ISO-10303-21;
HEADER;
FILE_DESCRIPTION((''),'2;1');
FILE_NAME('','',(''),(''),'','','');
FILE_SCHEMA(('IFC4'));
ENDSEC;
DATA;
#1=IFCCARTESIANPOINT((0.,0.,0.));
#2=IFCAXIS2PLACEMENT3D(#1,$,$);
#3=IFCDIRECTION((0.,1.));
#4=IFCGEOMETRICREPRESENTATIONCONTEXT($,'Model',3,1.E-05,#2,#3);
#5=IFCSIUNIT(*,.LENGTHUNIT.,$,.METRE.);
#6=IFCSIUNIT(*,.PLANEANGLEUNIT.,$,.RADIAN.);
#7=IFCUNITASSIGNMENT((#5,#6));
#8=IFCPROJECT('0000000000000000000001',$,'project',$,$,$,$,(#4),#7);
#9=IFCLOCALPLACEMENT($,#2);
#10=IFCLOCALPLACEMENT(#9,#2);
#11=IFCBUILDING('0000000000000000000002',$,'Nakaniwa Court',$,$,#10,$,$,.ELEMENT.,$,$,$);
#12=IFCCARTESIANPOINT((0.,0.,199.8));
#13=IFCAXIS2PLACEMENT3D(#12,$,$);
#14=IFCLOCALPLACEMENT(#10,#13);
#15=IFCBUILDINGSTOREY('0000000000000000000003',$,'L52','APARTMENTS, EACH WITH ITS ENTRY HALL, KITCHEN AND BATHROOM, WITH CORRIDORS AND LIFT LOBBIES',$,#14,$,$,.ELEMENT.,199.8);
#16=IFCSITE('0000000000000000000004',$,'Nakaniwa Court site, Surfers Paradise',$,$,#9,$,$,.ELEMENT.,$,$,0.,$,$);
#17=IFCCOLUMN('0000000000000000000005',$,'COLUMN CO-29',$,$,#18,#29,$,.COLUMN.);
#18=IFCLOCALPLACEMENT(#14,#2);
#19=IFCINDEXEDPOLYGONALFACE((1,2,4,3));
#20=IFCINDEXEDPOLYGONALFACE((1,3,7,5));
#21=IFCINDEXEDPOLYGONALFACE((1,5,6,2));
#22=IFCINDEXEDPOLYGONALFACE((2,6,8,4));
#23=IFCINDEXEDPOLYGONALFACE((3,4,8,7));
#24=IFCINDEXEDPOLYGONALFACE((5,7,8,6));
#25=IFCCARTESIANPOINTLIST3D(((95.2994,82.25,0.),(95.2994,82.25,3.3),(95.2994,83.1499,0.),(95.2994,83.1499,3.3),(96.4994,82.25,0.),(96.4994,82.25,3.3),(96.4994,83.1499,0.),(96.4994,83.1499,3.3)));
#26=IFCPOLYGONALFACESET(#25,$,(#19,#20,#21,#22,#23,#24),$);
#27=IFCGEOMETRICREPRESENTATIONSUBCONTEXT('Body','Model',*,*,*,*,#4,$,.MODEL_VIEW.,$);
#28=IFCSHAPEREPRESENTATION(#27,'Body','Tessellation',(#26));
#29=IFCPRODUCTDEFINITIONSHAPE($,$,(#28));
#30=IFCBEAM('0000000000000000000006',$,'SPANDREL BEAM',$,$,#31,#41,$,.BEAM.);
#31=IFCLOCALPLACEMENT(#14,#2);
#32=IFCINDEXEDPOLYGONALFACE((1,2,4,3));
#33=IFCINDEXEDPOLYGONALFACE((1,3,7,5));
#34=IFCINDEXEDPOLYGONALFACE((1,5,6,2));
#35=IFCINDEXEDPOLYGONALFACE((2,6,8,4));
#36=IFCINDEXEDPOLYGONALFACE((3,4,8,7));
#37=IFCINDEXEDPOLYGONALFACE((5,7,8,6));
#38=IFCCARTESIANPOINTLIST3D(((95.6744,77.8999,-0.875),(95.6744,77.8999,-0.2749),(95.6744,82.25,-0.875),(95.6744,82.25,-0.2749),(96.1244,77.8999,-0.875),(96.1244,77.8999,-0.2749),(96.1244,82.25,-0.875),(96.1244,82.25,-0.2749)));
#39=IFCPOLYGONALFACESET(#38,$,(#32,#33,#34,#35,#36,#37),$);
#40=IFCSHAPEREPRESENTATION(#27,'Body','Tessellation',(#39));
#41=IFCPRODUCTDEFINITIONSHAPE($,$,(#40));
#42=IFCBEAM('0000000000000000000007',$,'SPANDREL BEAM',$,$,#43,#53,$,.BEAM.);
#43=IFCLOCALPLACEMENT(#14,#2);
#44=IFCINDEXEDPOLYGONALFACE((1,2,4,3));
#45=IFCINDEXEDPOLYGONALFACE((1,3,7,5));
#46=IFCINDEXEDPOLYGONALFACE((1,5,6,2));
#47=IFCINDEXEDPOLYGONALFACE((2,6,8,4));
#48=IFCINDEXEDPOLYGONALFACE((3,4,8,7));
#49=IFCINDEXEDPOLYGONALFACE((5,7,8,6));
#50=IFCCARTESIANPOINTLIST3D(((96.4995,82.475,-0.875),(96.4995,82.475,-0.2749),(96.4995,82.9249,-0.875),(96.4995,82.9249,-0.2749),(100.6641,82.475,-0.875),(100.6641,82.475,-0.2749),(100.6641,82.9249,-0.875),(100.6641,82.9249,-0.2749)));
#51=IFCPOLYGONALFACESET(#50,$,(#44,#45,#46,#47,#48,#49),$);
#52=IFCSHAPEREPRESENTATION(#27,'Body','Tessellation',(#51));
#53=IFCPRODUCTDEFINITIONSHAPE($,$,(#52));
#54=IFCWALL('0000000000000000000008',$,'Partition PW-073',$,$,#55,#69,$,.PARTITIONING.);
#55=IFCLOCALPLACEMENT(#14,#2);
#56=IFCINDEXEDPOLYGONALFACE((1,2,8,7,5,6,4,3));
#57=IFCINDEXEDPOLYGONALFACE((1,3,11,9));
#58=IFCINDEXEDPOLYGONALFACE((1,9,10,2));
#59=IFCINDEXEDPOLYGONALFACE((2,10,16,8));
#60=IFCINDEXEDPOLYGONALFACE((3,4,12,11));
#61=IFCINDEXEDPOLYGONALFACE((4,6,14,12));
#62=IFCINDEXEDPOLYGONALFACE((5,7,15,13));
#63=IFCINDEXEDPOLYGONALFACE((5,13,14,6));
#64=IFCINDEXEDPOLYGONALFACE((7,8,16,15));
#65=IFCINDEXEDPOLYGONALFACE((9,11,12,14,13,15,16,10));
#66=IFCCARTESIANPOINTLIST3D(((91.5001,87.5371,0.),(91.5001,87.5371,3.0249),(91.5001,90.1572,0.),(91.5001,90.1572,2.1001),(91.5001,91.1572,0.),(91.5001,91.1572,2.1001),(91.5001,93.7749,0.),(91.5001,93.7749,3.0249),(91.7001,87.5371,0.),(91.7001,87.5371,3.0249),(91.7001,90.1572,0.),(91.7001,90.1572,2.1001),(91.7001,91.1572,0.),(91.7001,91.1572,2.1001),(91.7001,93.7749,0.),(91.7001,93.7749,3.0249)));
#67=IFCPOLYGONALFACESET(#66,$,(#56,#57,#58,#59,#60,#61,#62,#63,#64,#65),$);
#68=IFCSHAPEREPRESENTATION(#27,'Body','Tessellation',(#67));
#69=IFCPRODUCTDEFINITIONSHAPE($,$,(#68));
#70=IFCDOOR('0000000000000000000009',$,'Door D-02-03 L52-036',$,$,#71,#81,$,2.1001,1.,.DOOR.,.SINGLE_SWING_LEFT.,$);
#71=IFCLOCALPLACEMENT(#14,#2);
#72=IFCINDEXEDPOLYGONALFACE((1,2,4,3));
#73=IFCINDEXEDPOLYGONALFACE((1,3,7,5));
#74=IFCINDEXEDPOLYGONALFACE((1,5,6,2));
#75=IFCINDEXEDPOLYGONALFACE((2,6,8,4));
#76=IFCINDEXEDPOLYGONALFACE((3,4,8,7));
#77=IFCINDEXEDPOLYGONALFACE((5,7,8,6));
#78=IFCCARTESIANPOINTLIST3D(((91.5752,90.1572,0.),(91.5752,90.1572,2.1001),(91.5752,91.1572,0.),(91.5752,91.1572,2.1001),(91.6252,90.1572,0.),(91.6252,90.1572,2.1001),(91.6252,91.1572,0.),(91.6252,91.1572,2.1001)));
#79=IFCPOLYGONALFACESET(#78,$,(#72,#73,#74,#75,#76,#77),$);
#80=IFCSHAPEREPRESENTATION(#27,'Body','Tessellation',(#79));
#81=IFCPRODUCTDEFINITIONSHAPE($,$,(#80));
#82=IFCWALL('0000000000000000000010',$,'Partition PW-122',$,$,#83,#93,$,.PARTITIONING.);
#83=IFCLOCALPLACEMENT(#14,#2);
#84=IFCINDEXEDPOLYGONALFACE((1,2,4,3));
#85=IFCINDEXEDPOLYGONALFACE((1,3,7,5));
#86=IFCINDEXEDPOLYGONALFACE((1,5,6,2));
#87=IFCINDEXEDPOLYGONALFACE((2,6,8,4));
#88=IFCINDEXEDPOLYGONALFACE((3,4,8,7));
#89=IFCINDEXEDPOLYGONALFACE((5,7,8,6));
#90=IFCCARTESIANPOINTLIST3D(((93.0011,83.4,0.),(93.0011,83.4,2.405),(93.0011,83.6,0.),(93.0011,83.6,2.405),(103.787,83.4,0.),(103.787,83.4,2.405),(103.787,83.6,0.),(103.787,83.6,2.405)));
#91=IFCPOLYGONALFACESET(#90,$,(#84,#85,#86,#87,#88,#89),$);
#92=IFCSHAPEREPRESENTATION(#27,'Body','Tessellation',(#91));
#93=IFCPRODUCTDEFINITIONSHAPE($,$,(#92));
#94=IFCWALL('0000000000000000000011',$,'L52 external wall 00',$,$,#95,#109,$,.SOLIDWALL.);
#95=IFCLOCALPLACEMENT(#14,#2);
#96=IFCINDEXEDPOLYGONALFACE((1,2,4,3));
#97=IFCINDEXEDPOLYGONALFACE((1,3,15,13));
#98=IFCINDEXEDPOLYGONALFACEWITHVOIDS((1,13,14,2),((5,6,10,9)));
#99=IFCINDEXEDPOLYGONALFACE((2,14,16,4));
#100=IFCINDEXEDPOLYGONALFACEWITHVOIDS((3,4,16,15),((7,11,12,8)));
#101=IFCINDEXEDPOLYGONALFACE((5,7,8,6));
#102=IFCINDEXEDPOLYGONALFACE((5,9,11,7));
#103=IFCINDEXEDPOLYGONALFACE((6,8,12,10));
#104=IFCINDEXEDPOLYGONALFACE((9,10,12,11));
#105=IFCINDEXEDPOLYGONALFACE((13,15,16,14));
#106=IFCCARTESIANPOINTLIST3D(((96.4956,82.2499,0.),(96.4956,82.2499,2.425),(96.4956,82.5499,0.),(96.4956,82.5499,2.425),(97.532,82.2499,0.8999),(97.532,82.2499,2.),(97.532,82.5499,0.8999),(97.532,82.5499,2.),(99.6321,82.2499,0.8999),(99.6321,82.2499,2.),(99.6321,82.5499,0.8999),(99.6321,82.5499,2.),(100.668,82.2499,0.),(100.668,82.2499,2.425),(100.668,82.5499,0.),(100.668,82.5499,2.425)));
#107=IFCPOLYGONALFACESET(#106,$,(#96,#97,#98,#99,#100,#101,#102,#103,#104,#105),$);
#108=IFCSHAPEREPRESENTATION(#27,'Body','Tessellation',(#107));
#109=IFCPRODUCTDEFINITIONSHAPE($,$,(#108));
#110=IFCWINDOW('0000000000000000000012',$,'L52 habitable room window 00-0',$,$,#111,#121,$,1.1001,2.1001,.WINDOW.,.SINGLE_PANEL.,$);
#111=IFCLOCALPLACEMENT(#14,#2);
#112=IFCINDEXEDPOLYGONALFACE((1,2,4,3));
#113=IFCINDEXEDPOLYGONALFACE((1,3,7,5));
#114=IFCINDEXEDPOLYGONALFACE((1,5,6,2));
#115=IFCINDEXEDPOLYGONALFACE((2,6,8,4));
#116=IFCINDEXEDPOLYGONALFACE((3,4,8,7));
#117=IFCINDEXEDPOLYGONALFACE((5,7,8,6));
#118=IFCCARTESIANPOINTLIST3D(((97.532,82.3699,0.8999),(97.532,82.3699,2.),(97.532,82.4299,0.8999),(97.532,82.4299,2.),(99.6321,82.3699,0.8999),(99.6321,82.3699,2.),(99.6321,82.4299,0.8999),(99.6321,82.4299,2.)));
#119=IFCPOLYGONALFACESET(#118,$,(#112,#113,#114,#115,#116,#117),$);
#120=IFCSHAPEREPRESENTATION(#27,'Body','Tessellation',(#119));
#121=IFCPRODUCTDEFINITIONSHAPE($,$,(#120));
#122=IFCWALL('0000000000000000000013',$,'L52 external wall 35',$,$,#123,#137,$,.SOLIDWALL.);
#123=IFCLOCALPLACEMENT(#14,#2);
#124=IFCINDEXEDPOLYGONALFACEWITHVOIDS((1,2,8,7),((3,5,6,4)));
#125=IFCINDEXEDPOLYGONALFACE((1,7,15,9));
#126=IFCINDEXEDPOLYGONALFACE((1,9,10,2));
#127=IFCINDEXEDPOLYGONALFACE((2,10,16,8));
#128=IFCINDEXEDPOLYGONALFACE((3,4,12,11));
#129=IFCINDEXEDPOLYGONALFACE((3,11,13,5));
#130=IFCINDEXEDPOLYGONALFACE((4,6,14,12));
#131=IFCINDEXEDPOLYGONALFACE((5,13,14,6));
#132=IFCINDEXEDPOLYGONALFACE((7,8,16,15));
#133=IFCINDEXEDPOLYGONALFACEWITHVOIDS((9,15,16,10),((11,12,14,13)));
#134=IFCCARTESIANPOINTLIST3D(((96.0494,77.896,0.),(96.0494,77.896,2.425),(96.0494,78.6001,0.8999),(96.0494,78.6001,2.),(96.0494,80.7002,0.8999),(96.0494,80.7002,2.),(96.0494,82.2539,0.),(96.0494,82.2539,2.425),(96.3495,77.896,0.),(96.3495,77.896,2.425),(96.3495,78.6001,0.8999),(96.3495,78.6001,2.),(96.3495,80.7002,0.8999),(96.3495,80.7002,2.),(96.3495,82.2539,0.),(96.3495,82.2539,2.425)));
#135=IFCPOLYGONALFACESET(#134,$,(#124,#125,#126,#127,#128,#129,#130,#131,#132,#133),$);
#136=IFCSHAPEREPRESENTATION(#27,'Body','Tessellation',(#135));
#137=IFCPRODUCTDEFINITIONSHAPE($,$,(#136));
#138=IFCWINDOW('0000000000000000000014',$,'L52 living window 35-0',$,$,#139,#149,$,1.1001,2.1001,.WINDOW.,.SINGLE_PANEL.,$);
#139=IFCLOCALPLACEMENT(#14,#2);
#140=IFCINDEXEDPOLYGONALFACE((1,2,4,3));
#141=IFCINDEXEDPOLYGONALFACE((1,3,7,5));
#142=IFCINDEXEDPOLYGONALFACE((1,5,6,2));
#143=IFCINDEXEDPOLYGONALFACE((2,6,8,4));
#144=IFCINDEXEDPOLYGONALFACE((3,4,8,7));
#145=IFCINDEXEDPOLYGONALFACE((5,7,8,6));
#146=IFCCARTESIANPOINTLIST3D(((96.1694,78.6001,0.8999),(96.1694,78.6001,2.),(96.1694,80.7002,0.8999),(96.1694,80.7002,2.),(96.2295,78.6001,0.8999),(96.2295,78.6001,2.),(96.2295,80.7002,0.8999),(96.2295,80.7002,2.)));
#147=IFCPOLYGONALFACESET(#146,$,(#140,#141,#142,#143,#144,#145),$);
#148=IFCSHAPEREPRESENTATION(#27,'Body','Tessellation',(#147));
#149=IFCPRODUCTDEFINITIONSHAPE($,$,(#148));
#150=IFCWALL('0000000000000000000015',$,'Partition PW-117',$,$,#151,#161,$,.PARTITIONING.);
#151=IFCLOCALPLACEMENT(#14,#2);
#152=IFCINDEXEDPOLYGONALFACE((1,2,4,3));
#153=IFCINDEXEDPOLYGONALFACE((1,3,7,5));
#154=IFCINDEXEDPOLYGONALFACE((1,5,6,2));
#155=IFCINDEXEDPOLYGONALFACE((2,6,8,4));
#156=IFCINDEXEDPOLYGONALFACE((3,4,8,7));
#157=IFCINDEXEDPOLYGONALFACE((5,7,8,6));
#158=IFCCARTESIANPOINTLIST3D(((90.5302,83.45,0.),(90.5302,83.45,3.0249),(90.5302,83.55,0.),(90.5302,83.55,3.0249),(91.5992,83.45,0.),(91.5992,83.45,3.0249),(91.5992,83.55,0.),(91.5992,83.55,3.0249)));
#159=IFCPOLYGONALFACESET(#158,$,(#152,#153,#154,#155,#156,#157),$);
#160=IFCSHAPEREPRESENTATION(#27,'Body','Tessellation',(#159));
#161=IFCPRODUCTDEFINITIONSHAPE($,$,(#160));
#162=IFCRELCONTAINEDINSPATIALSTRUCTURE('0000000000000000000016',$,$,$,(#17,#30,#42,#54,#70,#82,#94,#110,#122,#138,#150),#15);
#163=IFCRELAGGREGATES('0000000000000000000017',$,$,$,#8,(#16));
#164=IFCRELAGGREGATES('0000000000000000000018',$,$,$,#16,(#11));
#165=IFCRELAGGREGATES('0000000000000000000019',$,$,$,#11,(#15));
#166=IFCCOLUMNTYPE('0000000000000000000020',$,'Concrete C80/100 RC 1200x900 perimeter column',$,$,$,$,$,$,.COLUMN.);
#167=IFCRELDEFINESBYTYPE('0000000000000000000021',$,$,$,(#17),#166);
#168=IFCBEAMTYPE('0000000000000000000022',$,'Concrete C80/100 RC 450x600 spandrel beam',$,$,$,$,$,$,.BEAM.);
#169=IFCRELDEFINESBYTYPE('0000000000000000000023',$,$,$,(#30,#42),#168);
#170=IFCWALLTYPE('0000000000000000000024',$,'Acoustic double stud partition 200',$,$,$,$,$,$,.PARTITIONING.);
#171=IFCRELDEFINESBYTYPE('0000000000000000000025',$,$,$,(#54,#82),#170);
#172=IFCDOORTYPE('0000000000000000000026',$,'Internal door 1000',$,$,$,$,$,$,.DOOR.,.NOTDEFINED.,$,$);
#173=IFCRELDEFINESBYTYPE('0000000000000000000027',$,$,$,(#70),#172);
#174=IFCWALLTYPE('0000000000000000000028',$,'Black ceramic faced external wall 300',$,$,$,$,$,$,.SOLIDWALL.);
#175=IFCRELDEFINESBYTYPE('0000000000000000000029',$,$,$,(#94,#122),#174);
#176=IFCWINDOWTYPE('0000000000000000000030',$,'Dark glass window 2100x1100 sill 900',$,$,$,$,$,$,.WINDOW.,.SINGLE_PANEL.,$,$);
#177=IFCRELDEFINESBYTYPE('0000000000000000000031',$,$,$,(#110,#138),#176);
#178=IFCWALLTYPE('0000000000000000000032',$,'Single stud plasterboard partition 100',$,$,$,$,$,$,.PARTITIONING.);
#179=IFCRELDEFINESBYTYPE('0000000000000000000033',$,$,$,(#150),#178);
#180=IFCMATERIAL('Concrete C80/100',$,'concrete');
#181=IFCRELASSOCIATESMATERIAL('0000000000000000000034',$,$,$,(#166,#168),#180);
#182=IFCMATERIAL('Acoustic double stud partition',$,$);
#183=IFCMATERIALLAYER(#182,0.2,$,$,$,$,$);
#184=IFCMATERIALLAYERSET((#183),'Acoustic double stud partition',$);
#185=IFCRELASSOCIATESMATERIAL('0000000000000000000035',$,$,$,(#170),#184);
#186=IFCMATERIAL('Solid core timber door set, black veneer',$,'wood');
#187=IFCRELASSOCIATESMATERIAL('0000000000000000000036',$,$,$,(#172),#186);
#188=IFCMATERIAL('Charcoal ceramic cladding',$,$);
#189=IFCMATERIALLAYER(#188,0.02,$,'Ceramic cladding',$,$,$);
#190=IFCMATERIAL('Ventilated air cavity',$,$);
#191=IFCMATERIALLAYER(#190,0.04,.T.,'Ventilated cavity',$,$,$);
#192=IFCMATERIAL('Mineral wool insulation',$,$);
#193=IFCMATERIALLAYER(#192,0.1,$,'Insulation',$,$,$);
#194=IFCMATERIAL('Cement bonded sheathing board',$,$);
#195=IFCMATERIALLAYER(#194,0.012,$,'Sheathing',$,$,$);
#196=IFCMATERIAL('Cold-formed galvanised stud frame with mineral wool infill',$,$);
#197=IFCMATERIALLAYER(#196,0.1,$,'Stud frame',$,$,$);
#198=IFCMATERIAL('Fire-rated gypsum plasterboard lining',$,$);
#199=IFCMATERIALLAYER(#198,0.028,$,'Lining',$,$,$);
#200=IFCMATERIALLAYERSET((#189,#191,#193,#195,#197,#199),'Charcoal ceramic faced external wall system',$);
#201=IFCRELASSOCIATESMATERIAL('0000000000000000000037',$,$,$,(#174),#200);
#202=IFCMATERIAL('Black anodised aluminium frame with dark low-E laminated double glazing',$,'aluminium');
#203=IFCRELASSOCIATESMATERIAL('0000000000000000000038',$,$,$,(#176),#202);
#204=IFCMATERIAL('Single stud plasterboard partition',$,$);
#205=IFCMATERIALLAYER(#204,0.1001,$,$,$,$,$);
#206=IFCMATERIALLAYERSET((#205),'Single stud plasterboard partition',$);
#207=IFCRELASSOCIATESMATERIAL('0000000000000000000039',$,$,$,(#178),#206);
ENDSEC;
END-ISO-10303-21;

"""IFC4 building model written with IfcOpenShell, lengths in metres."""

from ifc_helpers import new_model, si_unit, direction, frame, frame_2d, origin, origin_2d, place, context, subcontext, project, spatial, rectangle, extrude, material, layer, layer_set, material_profile, profile_set, type_object, element, fill, save


model = new_model("IFC4")

# Units and contexts
model_context = context("Model", 3, precision=1e-05, world=origin(), true_north=direction((0.0, 1.0)))
body_context = subcontext(model_context, "Body", "Model", "MODEL_VIEW")
ifc_project = project(units=[si_unit("LENGTHUNIT", "METRE"), si_unit("PLANEANGLEUNIT", "RADIAN")], contexts=[model_context])

# Site, building, storey
site_placement = place(None, origin())
site = spatial("IfcSite", under=ifc_project, at=site_placement, Name="Nakaniwa Court site, Surfers Paradise", CompositionType="ELEMENT", RefElevation=0.0)
building_placement = place(site_placement, origin())
building = spatial("IfcBuilding", under=site, at=building_placement, Name="Nakaniwa Court", CompositionType="ELEMENT")
storey_placement = place(building_placement, frame((0.0, 0.0, 199.8)))
storey = spatial("IfcBuildingStorey", under=building, at=storey_placement, Name="L52", Description="APARTMENTS, EACH WITH ITS ENTRY HALL, KITCHEN AND BATHROOM, WITH CORRIDORS AND LIFT LOBBIES", CompositionType="ELEMENT", Elevation=199.8)

# Column
ifc_material_1 = material(Name="Concrete C80/100", Category="concrete")
ifc_material_profile_1 = material_profile(ifc_material_1, rectangle(XDim=1.2, YDim=0.8999, at=origin_2d()), Name="Concrete C80/100 RC 1200x900 perimeter column")
ifc_profile_set_1 = profile_set([ifc_material_profile_1], Name="Concrete C80/100")
column_type = type_object("IfcColumnType", Name="Concrete C80/100 RC 1200x900 perimeter column", PredefinedType="COLUMN", material=ifc_profile_set_1)
column_placement = place(storey_placement, frame((95.8994, 82.7, 0.0), z_axis=(0.0, 0.0, 1.0), x_axis=(1.0, 0.0, 0.0)))
element("IfcColumn", 1, at=column_placement, inside=storey, type_object=column_type, Name="COLUMN CO-29", PredefinedType="COLUMN", context=body_context, shape_type="SweptSolid", body=[
    extrude(rectangle(XDim=1.2, YDim=0.8999, at=origin_2d()), origin(), (0.0, 0.0, 1.0), 3.3),
])

# Beams
ifc_material_profile_2 = material_profile(ifc_material_1, rectangle(XDim=0.45, YDim=0.6001, at=origin_2d()), Name="Concrete C80/100 RC 450x600 spandrel beam")
ifc_profile_set_2 = profile_set([ifc_material_profile_2], Name="Concrete C80/100")
beam_type = type_object("IfcBeamType", Name="Concrete C80/100 RC 450x600 spandrel beam", PredefinedType="BEAM", material=ifc_profile_set_2)
beam_1_placement = place(storey_placement, frame((95.8994, 77.8999, -0.575), z_axis=(0.0, 1.0, 0.0), x_axis=(-1.0, 0.0, 0.0)))
element("IfcBeam", 2, at=beam_1_placement, inside=storey, type_object=beam_type, Name="SPANDREL BEAM", PredefinedType="BEAM", context=body_context, shape_type="SweptSolid", body=[
    extrude(rectangle(XDim=0.45, YDim=0.6001, at=origin_2d()), origin(), (0.0, 0.0, 1.0), 4.3501),
])
beam_2_placement = place(storey_placement, frame((96.4995, 82.7, -0.575), z_axis=(1.0, 0.0, 0.0), x_axis=(0.0, 1.0, 0.0)))
element("IfcBeam", 3, at=beam_2_placement, inside=storey, type_object=beam_type, Name="SPANDREL BEAM", PredefinedType="BEAM", context=body_context, shape_type="SweptSolid", body=[
    extrude(rectangle(XDim=0.45, YDim=0.6001, at=origin_2d()), origin(), (0.0, 0.0, 1.0), 4.1646),
])

# Wall, opening, door
ifc_material_2 = material(Name="Acoustic double stud partition")
ifc_layer_1 = layer(ifc_material_2, 0.2)
ifc_layer_set_1 = layer_set([ifc_layer_1], Name="Acoustic double stud partition")
wall_type_1 = type_object("IfcWallType", Name="Acoustic double stud partition 200", PredefinedType="PARTITIONING", material=ifc_layer_set_1)
wall_1_placement = place(storey_placement, frame((91.6001, 87.5371, 0.0), z_axis=(0.0, 0.0, 1.0), x_axis=(0.0, 1.0, 0.0)))
wall_1 = element("IfcWall", 4, at=wall_1_placement, inside=storey, type_object=wall_type_1, Name="Partition PW-073", PredefinedType="PARTITIONING", context=body_context, shape_type="SweptSolid", body=[
    extrude(rectangle(XDim=6.2378, YDim=0.2, at=frame_2d((3.1189, 0.0))), origin(), (0.0, 0.0, 1.0), 3.0249),
])
opening_1_placement = place(wall_1_placement, frame((2.6201, 0.0, 0.0)))
opening_1 = element("IfcOpeningElement", 5, at=opening_1_placement, cuts=wall_1, PredefinedType="OPENING", context=body_context, shape_type="SweptSolid", body=[
    extrude(rectangle(XDim=1.0, YDim=2.1001, at=frame_2d((0.5, 1.05))), frame((0.0, 0.1099, 0.0), z_axis=(0.0, -1.0, 0.0), x_axis=(1.0, 0.0, 0.0)), (0.0, 0.0, 1.0), 0.22),
])
ifc_material_3 = material(Name="Solid core timber door set, black veneer", Category="wood")
door_type_1 = type_object("IfcDoorType", Name="Internal door 1000", OperationType="NOTDEFINED", PredefinedType="DOOR", material=ifc_material_3)
door_1_placement = place(opening_1_placement, origin())
door_1 = element("IfcDoor", 6, at=door_1_placement, inside=storey, type_object=door_type_1, Name="Door D-02-03 L52-036", OperationType="SINGLE_SWING_LEFT", OverallHeight=2.1001, OverallWidth=1.0, PredefinedType="DOOR", context=body_context, shape_type="SweptSolid", body=[
    extrude(rectangle(XDim=1.0, YDim=2.1001, at=frame_2d((0.5, 1.05))), frame((0.0, 0.0249, 0.0), z_axis=(0.0, -1.0, 0.0), x_axis=(1.0, 0.0, 0.0)), (0.0, 0.0, 1.0), 0.05),
])
fill(opening_1, door_1)

# Wall
wall_2_placement = place(storey_placement, frame((93.001, 83.5, 0.0), z_axis=(0.0, 0.0, 1.0), x_axis=(1.0, 0.0, 0.0)))
element("IfcWall", 7, at=wall_2_placement, inside=storey, type_object=wall_type_1, Name="Partition PW-122", PredefinedType="PARTITIONING", context=body_context, shape_type="SweptSolid", body=[
    extrude(rectangle(XDim=10.7859, YDim=0.2, at=frame_2d((5.3931, 0.0))), origin(), (0.0, 0.0, 1.0), 2.405),
])

# Walls, openings, windows
ifc_material_4 = material(Name="Charcoal ceramic cladding")
ifc_layer_2 = layer(ifc_material_4, 0.02, Name="Ceramic cladding")
ifc_material_5 = material(Name="Ventilated air cavity")
ifc_layer_3 = layer(ifc_material_5, 0.04, ventilated=True, Name="Ventilated cavity")
ifc_material_6 = material(Name="Mineral wool insulation")
ifc_layer_4 = layer(ifc_material_6, 0.1, Name="Insulation")
ifc_material_7 = material(Name="Cement bonded sheathing board")
ifc_layer_5 = layer(ifc_material_7, 0.012, Name="Sheathing")
ifc_material_8 = material(Name="Cold-formed galvanised stud frame with mineral wool infill")
ifc_layer_6 = layer(ifc_material_8, 0.1, Name="Stud frame")
ifc_material_9 = material(Name="Fire-rated gypsum plasterboard lining")
ifc_layer_7 = layer(ifc_material_9, 0.028, Name="Lining")
ifc_layer_set_2 = layer_set([ifc_layer_2, ifc_layer_3, ifc_layer_4, ifc_layer_5, ifc_layer_6, ifc_layer_7], Name="Charcoal ceramic faced external wall system")
wall_type_2 = type_object("IfcWallType", Name="Black ceramic faced external wall 300", PredefinedType="SOLIDWALL", material=ifc_layer_set_2)
wall_3_placement = place(storey_placement, frame((96.4956, 82.3999, 0.0), z_axis=(0.0, 0.0, 1.0), x_axis=(1.0, 0.0, 0.0)))
wall_3 = element("IfcWall", 8, at=wall_3_placement, inside=storey, type_object=wall_type_2, Name="L52 external wall 00", PredefinedType="SOLIDWALL", context=body_context, shape_type="SweptSolid", body=[
    extrude(rectangle(XDim=4.1724, YDim=0.3, at=frame_2d((2.0862, 0.0))), origin(), (0.0, 0.0, 1.0), 2.425),
])
opening_2_placement = place(wall_3_placement, frame((1.0364, 0.0, 0.8999)))
opening_2 = element("IfcOpeningElement", 9, at=opening_2_placement, cuts=wall_3, PredefinedType="OPENING", context=body_context, shape_type="SweptSolid", body=[
    extrude(rectangle(XDim=2.1001, YDim=1.1001, at=frame_2d((1.05, 0.55))), frame((0.0, 0.1599, 0.0), z_axis=(0.0, -1.0, 0.0), x_axis=(1.0, 0.0, 0.0)), (0.0, 0.0, 1.0), 0.3201),
])
ifc_material_10 = material(Name="Black anodised aluminium frame with dark low-E laminated double glazing", Category="aluminium")
window_type = type_object("IfcWindowType", Name="Dark glass window 2100x1100 sill 900", PartitioningType="SINGLE_PANEL", PredefinedType="WINDOW", material=ifc_material_10)
window_1_placement = place(opening_2_placement, origin())
window_1 = element("IfcWindow", 10, at=window_1_placement, inside=storey, type_object=window_type, Name="L52 habitable room window 00-0", OverallHeight=1.1001, OverallWidth=2.1001, PartitioningType="SINGLE_PANEL", PredefinedType="WINDOW", context=body_context, shape_type="SweptSolid", body=[
    extrude(rectangle(XDim=2.1001, YDim=1.1001, at=frame_2d((1.05, 0.55))), frame((0.0, 0.03, 0.0), z_axis=(0.0, -1.0, 0.0), x_axis=(1.0, 0.0, 0.0)), (0.0, 0.0, 1.0), 0.0601),
])
fill(opening_2, window_1)
wall_4_placement = place(storey_placement, frame((96.1995, 77.896, 0.0), z_axis=(0.0, 0.0, 1.0), x_axis=(0.0, 1.0, 0.0)))
wall_4 = element("IfcWall", 11, at=wall_4_placement, inside=storey, type_object=wall_type_2, Name="L52 external wall 35", PredefinedType="SOLIDWALL", context=body_context, shape_type="SweptSolid", body=[
    extrude(rectangle(XDim=4.3579, YDim=0.3, at=frame_2d((2.179, 0.0))), origin(), (0.0, 0.0, 1.0), 2.425),
])
opening_3_placement = place(wall_4_placement, frame((0.7041, 0.0, 0.8999)))
opening_3 = element("IfcOpeningElement", 12, at=opening_3_placement, cuts=wall_4, PredefinedType="OPENING", context=body_context, shape_type="SweptSolid", body=[
    extrude(rectangle(XDim=2.1001, YDim=1.1001, at=frame_2d((1.05, 0.55))), frame((0.0, 0.1599, 0.0), z_axis=(0.0, -1.0, 0.0), x_axis=(1.0, 0.0, 0.0)), (0.0, 0.0, 1.0), 0.3201),
])
window_2_placement = place(opening_3_placement, origin())
window_2 = element("IfcWindow", 13, at=window_2_placement, inside=storey, type_object=window_type, Name="L52 living window 35-0", OverallHeight=1.1001, OverallWidth=2.1001, PartitioningType="SINGLE_PANEL", PredefinedType="WINDOW", context=body_context, shape_type="SweptSolid", body=[
    extrude(rectangle(XDim=2.1001, YDim=1.1001, at=frame_2d((1.05, 0.55))), frame((0.0, 0.03, 0.0), z_axis=(0.0, -1.0, 0.0), x_axis=(1.0, 0.0, 0.0)), (0.0, 0.0, 1.0), 0.0601),
])
fill(opening_3, window_2)

# Wall
ifc_material_11 = material(Name="Single stud plasterboard partition")
ifc_layer_8 = layer(ifc_material_11, 0.1001)
ifc_layer_set_3 = layer_set([ifc_layer_8], Name="Single stud plasterboard partition")
wall_type_3 = type_object("IfcWallType", Name="Single stud plasterboard partition 100", PredefinedType="PARTITIONING", material=ifc_layer_set_3)
wall_5_placement = place(storey_placement, frame((90.53, 83.5, 0.0), z_axis=(0.0, 0.0, 1.0), x_axis=(1.0, 0.0, 0.0)))
element("IfcWall", 14, at=wall_5_placement, inside=storey, type_object=wall_type_3, Name="Partition PW-117", PredefinedType="PARTITIONING", context=body_context, shape_type="SweptSolid", body=[
    extrude(rectangle(XDim=1.0691, YDim=0.1001, at=frame_2d((0.5347, 0.0))), origin(), (0.0, 0.0, 1.0), 3.0249),
])

save(model, "model.ifc")
